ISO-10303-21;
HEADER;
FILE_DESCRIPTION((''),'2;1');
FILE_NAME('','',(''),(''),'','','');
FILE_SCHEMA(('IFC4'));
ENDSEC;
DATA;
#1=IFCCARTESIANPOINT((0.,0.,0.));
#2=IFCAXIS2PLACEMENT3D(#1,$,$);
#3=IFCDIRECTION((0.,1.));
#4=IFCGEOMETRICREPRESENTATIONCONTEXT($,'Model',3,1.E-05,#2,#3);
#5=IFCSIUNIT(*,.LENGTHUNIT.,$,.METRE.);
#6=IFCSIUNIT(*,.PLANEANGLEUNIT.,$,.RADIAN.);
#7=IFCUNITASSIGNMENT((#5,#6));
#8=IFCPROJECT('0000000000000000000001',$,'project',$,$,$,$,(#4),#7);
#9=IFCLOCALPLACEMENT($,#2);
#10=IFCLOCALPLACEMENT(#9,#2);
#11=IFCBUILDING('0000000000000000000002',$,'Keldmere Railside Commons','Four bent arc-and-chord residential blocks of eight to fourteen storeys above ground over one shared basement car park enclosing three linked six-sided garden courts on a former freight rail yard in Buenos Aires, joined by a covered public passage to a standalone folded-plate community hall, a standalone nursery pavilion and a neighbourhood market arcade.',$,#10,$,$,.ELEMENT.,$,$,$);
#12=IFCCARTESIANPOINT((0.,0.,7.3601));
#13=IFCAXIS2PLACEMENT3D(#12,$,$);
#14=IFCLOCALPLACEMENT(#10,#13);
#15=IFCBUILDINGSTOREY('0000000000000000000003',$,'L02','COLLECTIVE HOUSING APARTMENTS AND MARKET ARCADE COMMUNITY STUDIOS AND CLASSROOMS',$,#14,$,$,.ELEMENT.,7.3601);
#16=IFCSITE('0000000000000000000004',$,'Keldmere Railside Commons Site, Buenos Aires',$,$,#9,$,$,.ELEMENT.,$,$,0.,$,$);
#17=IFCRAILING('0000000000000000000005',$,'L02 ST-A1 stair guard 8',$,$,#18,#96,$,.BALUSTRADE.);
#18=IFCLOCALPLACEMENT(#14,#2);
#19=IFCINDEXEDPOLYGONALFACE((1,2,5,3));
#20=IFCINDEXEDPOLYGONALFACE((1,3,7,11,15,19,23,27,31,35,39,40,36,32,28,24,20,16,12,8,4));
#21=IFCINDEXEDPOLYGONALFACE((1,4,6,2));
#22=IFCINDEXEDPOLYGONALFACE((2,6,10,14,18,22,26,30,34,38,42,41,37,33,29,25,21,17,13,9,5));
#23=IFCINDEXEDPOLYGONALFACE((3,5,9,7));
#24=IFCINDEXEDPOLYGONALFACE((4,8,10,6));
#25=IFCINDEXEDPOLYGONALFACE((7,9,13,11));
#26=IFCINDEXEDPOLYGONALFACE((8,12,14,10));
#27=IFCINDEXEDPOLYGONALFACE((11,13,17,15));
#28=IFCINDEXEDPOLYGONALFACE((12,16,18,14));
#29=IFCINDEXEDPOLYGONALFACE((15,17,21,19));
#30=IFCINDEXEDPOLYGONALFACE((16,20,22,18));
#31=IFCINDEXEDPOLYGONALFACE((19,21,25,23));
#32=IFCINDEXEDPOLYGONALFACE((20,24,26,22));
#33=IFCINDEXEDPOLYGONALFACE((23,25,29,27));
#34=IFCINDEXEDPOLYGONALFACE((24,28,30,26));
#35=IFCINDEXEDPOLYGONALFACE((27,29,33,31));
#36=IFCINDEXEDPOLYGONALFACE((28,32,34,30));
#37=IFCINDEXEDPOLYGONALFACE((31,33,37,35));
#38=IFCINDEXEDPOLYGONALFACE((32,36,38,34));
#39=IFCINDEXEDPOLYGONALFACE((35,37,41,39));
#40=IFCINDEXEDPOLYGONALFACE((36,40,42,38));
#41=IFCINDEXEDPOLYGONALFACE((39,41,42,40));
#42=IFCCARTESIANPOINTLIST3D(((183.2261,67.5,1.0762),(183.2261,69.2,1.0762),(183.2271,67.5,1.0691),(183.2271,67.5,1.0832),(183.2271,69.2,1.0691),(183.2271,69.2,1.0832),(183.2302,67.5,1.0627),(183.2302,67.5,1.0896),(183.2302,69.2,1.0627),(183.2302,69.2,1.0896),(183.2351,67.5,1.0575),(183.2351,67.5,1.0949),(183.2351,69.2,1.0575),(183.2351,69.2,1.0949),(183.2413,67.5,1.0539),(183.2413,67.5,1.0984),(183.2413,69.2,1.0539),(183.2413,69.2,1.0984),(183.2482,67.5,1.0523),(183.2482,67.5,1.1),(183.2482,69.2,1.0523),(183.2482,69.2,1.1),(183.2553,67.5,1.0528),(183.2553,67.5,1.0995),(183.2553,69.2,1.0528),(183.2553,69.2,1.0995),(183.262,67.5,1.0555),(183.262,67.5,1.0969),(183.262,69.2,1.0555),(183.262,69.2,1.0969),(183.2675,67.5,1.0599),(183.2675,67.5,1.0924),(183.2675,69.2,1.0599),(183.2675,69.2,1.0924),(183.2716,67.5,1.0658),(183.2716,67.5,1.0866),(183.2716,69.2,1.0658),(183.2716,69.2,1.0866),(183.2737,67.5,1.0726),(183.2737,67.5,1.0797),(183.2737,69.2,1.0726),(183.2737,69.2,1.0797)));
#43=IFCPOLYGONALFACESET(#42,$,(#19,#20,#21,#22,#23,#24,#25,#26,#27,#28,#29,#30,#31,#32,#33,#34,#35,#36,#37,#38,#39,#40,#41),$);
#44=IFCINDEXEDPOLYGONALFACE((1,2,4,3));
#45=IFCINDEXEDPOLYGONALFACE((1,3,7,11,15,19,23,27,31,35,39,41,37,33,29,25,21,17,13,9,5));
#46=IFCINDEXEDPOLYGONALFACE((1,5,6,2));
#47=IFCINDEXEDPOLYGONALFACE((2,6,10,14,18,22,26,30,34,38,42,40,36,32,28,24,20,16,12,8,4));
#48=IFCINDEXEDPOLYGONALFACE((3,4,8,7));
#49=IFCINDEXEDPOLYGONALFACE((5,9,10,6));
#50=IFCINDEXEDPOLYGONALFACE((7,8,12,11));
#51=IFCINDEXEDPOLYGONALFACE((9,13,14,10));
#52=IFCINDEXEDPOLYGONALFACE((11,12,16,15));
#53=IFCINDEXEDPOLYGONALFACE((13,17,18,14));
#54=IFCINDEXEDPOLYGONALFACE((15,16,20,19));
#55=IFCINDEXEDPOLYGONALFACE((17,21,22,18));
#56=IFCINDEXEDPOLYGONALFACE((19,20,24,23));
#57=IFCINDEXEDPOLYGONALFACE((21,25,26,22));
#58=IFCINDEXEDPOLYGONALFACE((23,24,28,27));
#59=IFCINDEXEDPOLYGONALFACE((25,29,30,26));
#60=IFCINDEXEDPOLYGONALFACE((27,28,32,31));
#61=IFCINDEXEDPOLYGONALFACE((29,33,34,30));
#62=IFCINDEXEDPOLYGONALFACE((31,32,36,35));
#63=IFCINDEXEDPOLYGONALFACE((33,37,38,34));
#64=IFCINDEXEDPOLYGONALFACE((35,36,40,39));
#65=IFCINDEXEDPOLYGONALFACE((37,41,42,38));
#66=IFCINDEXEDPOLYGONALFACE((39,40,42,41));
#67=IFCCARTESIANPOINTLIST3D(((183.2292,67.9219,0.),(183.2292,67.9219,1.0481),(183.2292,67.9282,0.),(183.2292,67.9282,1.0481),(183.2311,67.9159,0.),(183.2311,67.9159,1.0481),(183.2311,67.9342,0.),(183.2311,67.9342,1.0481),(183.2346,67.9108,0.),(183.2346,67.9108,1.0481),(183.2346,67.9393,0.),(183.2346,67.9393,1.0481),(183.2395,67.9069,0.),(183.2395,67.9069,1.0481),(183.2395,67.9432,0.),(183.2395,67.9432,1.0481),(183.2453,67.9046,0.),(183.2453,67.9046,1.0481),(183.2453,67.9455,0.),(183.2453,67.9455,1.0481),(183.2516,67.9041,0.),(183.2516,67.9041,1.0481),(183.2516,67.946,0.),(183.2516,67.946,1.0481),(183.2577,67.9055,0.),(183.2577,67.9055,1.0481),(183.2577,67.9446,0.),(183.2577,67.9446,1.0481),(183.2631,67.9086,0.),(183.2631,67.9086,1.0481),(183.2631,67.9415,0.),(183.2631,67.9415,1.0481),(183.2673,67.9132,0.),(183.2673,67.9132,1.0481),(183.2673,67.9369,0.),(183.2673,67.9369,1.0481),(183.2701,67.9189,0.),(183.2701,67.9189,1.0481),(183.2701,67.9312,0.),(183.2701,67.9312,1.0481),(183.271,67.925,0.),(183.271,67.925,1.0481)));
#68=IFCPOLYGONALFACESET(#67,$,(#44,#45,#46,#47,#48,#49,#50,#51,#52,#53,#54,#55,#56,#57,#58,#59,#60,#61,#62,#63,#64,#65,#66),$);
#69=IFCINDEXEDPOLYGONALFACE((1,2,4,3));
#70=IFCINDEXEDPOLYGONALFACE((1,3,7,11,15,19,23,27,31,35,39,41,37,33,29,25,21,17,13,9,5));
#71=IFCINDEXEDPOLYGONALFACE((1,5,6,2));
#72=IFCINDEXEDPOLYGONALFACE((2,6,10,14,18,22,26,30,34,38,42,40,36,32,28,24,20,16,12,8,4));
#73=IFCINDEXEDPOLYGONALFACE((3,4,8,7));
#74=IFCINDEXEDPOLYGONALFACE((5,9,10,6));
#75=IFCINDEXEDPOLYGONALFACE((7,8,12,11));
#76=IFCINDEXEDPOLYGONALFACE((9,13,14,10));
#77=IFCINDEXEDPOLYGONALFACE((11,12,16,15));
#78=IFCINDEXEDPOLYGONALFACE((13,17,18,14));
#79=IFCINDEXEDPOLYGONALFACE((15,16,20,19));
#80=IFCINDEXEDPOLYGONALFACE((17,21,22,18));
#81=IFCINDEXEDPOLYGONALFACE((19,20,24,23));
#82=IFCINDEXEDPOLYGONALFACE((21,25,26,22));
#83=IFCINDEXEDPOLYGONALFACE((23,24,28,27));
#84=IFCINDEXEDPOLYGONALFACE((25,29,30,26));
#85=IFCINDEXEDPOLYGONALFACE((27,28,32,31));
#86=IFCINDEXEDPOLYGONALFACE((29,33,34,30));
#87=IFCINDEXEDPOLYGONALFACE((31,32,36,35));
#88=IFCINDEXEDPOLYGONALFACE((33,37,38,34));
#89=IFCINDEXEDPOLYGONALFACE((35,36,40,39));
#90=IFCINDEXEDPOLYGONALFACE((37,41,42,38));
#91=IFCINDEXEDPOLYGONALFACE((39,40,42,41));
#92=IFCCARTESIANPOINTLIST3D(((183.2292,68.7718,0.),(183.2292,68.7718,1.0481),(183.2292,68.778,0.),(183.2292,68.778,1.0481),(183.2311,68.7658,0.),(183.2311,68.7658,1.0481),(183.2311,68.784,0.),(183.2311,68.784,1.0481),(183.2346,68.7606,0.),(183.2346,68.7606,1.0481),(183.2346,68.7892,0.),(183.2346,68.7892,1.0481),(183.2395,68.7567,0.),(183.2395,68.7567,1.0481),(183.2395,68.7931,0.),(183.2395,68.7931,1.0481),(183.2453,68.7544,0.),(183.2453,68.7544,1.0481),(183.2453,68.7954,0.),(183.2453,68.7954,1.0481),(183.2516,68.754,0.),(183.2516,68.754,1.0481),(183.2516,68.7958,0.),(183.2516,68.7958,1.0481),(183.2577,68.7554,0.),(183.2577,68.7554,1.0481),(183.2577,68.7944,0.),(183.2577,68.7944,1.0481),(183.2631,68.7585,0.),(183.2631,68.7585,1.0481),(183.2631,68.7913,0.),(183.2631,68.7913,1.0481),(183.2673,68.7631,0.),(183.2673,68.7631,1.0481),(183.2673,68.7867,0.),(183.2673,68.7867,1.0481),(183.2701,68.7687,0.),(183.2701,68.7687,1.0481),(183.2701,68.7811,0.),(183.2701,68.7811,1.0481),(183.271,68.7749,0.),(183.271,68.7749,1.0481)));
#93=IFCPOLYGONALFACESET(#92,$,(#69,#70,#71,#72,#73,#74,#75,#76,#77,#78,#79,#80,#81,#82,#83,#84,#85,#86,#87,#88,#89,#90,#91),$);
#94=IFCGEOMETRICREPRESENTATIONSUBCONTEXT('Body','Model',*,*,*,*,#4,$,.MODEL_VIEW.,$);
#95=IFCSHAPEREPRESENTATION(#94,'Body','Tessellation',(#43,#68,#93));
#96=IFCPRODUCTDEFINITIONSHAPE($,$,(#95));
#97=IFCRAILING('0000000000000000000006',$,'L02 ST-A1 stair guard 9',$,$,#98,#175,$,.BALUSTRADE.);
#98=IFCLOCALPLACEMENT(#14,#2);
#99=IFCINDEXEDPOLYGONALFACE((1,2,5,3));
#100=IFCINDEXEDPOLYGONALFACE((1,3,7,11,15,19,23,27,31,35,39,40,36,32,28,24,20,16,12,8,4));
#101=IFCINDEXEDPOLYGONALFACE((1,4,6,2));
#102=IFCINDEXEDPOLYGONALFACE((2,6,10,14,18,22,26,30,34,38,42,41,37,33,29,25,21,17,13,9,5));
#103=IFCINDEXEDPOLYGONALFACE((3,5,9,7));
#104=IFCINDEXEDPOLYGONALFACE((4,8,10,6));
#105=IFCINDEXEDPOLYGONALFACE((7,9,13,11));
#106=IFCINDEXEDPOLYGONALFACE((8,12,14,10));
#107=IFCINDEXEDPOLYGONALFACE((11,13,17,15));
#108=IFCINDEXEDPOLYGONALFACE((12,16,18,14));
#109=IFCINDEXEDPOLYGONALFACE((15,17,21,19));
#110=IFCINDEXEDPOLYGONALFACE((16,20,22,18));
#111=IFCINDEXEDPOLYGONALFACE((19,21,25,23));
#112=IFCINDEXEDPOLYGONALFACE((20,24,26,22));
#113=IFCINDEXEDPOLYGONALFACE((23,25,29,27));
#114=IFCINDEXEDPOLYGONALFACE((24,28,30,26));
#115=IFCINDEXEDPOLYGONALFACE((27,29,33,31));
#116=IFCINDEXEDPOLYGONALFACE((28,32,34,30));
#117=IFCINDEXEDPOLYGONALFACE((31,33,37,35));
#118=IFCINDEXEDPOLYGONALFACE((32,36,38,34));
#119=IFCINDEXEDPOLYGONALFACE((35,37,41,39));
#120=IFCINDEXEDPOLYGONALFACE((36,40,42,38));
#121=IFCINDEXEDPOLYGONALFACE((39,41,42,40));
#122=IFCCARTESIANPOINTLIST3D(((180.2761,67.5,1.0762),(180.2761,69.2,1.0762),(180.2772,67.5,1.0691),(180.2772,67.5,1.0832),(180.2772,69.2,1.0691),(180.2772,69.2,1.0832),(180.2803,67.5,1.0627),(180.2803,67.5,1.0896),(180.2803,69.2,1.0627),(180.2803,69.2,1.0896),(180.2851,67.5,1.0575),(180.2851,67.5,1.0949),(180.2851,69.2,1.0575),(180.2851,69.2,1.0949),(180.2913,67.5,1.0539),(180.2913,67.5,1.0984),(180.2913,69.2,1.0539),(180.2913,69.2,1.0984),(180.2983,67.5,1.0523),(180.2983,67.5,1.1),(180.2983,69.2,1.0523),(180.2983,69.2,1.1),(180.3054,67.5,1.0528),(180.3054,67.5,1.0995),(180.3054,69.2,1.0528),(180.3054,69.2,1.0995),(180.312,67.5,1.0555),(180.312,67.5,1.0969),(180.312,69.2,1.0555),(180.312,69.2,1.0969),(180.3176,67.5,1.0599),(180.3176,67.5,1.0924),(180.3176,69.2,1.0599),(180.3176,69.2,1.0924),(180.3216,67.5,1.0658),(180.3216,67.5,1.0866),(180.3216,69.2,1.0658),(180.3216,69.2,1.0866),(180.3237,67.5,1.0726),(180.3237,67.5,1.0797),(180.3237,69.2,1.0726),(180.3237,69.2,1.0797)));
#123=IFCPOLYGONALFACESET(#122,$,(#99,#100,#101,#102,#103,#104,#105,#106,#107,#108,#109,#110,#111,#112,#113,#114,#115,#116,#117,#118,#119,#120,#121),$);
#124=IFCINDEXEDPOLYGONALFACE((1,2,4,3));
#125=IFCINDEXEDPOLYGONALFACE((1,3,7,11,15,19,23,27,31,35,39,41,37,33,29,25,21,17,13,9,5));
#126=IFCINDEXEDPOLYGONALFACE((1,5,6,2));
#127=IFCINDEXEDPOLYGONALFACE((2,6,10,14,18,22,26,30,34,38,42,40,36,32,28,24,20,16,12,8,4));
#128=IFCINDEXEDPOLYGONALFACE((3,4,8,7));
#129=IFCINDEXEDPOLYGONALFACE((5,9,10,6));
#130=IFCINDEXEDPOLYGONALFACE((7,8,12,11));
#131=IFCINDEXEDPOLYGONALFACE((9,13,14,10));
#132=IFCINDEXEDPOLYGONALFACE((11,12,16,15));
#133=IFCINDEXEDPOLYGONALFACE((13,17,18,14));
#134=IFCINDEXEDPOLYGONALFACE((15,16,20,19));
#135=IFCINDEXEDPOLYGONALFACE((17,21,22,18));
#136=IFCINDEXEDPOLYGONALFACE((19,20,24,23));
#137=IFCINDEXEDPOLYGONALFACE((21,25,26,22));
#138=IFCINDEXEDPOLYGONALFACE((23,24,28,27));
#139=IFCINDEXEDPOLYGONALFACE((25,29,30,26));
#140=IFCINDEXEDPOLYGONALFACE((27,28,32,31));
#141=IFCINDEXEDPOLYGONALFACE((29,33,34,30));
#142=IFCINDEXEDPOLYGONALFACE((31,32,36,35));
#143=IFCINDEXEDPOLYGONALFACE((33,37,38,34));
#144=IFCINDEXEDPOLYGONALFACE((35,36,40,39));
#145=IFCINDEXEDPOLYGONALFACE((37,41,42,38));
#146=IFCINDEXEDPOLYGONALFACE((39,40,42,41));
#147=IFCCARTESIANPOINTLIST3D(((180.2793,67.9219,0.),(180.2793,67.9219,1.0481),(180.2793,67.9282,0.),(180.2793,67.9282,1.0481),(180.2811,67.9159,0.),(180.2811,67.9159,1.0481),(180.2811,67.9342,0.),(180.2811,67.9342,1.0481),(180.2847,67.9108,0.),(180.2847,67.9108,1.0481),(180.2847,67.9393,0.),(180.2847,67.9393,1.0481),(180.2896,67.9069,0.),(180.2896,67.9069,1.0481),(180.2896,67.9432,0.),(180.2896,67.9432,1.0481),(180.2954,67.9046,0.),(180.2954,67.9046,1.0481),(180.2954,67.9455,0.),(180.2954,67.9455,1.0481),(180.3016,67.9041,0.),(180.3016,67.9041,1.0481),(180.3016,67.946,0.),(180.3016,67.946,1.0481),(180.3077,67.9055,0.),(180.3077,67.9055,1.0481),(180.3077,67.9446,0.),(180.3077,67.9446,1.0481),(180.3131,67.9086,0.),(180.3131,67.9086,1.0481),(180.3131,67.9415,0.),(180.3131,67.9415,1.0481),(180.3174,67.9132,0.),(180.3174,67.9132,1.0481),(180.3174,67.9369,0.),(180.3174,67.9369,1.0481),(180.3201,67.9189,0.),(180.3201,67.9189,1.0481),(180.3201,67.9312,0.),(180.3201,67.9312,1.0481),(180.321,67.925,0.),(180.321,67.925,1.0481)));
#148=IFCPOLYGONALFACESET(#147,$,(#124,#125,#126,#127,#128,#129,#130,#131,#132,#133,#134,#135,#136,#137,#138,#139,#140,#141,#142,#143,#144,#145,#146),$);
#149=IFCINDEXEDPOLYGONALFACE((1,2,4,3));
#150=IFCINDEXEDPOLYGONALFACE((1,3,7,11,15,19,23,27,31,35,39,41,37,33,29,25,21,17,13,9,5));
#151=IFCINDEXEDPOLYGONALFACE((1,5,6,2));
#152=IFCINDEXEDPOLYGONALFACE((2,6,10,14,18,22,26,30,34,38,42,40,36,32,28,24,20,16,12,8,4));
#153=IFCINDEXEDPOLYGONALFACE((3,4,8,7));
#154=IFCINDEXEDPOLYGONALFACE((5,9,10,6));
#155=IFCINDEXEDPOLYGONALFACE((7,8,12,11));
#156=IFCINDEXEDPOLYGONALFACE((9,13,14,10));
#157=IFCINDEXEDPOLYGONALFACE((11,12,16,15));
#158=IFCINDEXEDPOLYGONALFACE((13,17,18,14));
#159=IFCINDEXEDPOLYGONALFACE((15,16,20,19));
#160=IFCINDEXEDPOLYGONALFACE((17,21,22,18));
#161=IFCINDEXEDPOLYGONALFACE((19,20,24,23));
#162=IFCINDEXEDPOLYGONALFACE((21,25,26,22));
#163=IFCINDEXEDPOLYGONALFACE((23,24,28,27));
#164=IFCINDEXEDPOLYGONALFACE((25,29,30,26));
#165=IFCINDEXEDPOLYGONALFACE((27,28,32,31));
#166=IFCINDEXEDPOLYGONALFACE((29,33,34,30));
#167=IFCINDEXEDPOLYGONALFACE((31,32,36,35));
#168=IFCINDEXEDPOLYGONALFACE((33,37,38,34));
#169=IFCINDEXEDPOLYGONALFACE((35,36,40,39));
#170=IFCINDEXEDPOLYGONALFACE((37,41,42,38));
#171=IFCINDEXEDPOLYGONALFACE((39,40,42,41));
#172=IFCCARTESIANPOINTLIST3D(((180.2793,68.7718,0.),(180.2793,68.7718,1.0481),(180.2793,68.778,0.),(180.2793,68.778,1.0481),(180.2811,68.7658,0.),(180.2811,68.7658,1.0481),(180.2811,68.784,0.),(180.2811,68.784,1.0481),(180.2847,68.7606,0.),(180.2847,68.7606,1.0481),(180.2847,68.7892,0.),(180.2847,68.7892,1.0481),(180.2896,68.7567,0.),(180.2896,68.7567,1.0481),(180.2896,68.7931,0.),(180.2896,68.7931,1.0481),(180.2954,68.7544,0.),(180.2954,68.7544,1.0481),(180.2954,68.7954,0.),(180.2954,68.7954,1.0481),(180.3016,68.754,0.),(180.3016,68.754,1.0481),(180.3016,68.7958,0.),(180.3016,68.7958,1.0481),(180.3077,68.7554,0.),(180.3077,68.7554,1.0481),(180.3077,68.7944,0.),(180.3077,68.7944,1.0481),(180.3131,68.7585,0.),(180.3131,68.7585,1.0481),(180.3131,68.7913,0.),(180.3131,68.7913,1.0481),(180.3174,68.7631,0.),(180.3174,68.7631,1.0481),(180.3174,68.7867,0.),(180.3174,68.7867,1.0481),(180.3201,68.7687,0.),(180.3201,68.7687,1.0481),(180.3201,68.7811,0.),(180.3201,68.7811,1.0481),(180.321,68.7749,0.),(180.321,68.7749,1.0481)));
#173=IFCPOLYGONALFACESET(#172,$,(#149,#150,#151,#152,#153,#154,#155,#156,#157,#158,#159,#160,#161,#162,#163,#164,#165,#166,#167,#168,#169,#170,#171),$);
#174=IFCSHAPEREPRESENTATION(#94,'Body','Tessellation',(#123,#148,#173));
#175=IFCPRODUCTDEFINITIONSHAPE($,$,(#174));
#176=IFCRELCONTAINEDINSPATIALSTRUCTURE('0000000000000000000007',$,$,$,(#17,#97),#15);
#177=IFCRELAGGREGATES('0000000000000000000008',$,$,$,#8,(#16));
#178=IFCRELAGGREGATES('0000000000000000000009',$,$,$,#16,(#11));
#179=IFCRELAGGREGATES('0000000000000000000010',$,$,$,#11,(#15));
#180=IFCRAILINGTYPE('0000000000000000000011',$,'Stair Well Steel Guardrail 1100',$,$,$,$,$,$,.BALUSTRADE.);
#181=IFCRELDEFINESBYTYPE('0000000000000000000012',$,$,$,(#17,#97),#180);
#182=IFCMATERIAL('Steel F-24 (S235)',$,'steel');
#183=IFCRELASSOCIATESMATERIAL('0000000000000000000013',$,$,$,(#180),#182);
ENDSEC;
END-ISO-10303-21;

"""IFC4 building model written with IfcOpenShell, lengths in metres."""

from ifc_helpers import new_model, si_unit, direction, frame, origin, origin_2d, place, context, subcontext, project, spatial, circle, extrude, material, type_object, element, save


model = new_model("IFC4")

# Units and contexts
model_context = context("Model", 3, precision=1e-05, world=origin(), true_north=direction((0.0, 1.0)))
body_context = subcontext(model_context, "Body", "Model", "MODEL_VIEW")
ifc_project = project(units=[si_unit("LENGTHUNIT", "METRE"), si_unit("PLANEANGLEUNIT", "RADIAN")], contexts=[model_context])

# Site, building, storey
site_placement = place(None, origin())
site = spatial("IfcSite", under=ifc_project, at=site_placement, Name="Keldmere Railside Commons Site, Buenos Aires", CompositionType="ELEMENT", RefElevation=0.0)
building_placement = place(site_placement, origin())
building = spatial("IfcBuilding", under=site, at=building_placement, Name="Keldmere Railside Commons", Description="Four bent arc-and-chord residential blocks of eight to fourteen storeys above ground over one shared basement car park enclosing three linked six-sided garden courts on a former freight rail yard in Buenos Aires, joined by a covered public passage to a standalone folded-plate community hall, a standalone nursery pavilion and a neighbourhood market arcade.", CompositionType="ELEMENT")
storey_placement = place(building_placement, frame((0.0, 0.0, 7.3601)))
storey = spatial("IfcBuildingStorey", under=building, at=storey_placement, Name="L02", Description="COLLECTIVE HOUSING APARTMENTS AND MARKET ARCADE COMMUNITY STUDIOS AND CLASSROOMS", CompositionType="ELEMENT", Elevation=7.3601)

# Shared definitions
ifc_material_1 = material(Name="Steel F-24 (S235)", Category="steel")

# Railings
railing_type_1 = type_object("IfcRailingType", Name="Stair Well Steel Guardrail 1100", PredefinedType="BALUSTRADE", material=ifc_material_1)
for number, where, name in (
    (1, (183.25, 67.5, 0.0), "L02 ST-A1 stair guard 8"),
    (2, (180.3, 67.5, 0.0), "L02 ST-A1 stair guard 9"),
):
    element("IfcRailing", number, at=place(storey_placement, frame(where)), inside=storey, type_object=railing_type_1, Name=name, PredefinedType="BALUSTRADE", context=body_context, shape_type="SweptSolid", body=[
        extrude(circle(Radius=0.0239, at=origin_2d()), frame((0.0, 0.0, 1.0762), z_axis=(0.0, 1.0, 0.0), x_axis=(-1.0, 0.0, 0.0)), (0.0, 0.0, 1.0), 1.7),
        extrude(circle(Radius=0.021, at=origin_2d()), frame((0.0, 0.425, 0.0)), (0.0, 0.0, 1.0), 1.0481),
        extrude(circle(Radius=0.021, at=origin_2d()), frame((0.0, 1.2749, 0.0)), (0.0, 0.0, 1.0), 1.0481),
    ])

save(model, "model.ifc")
